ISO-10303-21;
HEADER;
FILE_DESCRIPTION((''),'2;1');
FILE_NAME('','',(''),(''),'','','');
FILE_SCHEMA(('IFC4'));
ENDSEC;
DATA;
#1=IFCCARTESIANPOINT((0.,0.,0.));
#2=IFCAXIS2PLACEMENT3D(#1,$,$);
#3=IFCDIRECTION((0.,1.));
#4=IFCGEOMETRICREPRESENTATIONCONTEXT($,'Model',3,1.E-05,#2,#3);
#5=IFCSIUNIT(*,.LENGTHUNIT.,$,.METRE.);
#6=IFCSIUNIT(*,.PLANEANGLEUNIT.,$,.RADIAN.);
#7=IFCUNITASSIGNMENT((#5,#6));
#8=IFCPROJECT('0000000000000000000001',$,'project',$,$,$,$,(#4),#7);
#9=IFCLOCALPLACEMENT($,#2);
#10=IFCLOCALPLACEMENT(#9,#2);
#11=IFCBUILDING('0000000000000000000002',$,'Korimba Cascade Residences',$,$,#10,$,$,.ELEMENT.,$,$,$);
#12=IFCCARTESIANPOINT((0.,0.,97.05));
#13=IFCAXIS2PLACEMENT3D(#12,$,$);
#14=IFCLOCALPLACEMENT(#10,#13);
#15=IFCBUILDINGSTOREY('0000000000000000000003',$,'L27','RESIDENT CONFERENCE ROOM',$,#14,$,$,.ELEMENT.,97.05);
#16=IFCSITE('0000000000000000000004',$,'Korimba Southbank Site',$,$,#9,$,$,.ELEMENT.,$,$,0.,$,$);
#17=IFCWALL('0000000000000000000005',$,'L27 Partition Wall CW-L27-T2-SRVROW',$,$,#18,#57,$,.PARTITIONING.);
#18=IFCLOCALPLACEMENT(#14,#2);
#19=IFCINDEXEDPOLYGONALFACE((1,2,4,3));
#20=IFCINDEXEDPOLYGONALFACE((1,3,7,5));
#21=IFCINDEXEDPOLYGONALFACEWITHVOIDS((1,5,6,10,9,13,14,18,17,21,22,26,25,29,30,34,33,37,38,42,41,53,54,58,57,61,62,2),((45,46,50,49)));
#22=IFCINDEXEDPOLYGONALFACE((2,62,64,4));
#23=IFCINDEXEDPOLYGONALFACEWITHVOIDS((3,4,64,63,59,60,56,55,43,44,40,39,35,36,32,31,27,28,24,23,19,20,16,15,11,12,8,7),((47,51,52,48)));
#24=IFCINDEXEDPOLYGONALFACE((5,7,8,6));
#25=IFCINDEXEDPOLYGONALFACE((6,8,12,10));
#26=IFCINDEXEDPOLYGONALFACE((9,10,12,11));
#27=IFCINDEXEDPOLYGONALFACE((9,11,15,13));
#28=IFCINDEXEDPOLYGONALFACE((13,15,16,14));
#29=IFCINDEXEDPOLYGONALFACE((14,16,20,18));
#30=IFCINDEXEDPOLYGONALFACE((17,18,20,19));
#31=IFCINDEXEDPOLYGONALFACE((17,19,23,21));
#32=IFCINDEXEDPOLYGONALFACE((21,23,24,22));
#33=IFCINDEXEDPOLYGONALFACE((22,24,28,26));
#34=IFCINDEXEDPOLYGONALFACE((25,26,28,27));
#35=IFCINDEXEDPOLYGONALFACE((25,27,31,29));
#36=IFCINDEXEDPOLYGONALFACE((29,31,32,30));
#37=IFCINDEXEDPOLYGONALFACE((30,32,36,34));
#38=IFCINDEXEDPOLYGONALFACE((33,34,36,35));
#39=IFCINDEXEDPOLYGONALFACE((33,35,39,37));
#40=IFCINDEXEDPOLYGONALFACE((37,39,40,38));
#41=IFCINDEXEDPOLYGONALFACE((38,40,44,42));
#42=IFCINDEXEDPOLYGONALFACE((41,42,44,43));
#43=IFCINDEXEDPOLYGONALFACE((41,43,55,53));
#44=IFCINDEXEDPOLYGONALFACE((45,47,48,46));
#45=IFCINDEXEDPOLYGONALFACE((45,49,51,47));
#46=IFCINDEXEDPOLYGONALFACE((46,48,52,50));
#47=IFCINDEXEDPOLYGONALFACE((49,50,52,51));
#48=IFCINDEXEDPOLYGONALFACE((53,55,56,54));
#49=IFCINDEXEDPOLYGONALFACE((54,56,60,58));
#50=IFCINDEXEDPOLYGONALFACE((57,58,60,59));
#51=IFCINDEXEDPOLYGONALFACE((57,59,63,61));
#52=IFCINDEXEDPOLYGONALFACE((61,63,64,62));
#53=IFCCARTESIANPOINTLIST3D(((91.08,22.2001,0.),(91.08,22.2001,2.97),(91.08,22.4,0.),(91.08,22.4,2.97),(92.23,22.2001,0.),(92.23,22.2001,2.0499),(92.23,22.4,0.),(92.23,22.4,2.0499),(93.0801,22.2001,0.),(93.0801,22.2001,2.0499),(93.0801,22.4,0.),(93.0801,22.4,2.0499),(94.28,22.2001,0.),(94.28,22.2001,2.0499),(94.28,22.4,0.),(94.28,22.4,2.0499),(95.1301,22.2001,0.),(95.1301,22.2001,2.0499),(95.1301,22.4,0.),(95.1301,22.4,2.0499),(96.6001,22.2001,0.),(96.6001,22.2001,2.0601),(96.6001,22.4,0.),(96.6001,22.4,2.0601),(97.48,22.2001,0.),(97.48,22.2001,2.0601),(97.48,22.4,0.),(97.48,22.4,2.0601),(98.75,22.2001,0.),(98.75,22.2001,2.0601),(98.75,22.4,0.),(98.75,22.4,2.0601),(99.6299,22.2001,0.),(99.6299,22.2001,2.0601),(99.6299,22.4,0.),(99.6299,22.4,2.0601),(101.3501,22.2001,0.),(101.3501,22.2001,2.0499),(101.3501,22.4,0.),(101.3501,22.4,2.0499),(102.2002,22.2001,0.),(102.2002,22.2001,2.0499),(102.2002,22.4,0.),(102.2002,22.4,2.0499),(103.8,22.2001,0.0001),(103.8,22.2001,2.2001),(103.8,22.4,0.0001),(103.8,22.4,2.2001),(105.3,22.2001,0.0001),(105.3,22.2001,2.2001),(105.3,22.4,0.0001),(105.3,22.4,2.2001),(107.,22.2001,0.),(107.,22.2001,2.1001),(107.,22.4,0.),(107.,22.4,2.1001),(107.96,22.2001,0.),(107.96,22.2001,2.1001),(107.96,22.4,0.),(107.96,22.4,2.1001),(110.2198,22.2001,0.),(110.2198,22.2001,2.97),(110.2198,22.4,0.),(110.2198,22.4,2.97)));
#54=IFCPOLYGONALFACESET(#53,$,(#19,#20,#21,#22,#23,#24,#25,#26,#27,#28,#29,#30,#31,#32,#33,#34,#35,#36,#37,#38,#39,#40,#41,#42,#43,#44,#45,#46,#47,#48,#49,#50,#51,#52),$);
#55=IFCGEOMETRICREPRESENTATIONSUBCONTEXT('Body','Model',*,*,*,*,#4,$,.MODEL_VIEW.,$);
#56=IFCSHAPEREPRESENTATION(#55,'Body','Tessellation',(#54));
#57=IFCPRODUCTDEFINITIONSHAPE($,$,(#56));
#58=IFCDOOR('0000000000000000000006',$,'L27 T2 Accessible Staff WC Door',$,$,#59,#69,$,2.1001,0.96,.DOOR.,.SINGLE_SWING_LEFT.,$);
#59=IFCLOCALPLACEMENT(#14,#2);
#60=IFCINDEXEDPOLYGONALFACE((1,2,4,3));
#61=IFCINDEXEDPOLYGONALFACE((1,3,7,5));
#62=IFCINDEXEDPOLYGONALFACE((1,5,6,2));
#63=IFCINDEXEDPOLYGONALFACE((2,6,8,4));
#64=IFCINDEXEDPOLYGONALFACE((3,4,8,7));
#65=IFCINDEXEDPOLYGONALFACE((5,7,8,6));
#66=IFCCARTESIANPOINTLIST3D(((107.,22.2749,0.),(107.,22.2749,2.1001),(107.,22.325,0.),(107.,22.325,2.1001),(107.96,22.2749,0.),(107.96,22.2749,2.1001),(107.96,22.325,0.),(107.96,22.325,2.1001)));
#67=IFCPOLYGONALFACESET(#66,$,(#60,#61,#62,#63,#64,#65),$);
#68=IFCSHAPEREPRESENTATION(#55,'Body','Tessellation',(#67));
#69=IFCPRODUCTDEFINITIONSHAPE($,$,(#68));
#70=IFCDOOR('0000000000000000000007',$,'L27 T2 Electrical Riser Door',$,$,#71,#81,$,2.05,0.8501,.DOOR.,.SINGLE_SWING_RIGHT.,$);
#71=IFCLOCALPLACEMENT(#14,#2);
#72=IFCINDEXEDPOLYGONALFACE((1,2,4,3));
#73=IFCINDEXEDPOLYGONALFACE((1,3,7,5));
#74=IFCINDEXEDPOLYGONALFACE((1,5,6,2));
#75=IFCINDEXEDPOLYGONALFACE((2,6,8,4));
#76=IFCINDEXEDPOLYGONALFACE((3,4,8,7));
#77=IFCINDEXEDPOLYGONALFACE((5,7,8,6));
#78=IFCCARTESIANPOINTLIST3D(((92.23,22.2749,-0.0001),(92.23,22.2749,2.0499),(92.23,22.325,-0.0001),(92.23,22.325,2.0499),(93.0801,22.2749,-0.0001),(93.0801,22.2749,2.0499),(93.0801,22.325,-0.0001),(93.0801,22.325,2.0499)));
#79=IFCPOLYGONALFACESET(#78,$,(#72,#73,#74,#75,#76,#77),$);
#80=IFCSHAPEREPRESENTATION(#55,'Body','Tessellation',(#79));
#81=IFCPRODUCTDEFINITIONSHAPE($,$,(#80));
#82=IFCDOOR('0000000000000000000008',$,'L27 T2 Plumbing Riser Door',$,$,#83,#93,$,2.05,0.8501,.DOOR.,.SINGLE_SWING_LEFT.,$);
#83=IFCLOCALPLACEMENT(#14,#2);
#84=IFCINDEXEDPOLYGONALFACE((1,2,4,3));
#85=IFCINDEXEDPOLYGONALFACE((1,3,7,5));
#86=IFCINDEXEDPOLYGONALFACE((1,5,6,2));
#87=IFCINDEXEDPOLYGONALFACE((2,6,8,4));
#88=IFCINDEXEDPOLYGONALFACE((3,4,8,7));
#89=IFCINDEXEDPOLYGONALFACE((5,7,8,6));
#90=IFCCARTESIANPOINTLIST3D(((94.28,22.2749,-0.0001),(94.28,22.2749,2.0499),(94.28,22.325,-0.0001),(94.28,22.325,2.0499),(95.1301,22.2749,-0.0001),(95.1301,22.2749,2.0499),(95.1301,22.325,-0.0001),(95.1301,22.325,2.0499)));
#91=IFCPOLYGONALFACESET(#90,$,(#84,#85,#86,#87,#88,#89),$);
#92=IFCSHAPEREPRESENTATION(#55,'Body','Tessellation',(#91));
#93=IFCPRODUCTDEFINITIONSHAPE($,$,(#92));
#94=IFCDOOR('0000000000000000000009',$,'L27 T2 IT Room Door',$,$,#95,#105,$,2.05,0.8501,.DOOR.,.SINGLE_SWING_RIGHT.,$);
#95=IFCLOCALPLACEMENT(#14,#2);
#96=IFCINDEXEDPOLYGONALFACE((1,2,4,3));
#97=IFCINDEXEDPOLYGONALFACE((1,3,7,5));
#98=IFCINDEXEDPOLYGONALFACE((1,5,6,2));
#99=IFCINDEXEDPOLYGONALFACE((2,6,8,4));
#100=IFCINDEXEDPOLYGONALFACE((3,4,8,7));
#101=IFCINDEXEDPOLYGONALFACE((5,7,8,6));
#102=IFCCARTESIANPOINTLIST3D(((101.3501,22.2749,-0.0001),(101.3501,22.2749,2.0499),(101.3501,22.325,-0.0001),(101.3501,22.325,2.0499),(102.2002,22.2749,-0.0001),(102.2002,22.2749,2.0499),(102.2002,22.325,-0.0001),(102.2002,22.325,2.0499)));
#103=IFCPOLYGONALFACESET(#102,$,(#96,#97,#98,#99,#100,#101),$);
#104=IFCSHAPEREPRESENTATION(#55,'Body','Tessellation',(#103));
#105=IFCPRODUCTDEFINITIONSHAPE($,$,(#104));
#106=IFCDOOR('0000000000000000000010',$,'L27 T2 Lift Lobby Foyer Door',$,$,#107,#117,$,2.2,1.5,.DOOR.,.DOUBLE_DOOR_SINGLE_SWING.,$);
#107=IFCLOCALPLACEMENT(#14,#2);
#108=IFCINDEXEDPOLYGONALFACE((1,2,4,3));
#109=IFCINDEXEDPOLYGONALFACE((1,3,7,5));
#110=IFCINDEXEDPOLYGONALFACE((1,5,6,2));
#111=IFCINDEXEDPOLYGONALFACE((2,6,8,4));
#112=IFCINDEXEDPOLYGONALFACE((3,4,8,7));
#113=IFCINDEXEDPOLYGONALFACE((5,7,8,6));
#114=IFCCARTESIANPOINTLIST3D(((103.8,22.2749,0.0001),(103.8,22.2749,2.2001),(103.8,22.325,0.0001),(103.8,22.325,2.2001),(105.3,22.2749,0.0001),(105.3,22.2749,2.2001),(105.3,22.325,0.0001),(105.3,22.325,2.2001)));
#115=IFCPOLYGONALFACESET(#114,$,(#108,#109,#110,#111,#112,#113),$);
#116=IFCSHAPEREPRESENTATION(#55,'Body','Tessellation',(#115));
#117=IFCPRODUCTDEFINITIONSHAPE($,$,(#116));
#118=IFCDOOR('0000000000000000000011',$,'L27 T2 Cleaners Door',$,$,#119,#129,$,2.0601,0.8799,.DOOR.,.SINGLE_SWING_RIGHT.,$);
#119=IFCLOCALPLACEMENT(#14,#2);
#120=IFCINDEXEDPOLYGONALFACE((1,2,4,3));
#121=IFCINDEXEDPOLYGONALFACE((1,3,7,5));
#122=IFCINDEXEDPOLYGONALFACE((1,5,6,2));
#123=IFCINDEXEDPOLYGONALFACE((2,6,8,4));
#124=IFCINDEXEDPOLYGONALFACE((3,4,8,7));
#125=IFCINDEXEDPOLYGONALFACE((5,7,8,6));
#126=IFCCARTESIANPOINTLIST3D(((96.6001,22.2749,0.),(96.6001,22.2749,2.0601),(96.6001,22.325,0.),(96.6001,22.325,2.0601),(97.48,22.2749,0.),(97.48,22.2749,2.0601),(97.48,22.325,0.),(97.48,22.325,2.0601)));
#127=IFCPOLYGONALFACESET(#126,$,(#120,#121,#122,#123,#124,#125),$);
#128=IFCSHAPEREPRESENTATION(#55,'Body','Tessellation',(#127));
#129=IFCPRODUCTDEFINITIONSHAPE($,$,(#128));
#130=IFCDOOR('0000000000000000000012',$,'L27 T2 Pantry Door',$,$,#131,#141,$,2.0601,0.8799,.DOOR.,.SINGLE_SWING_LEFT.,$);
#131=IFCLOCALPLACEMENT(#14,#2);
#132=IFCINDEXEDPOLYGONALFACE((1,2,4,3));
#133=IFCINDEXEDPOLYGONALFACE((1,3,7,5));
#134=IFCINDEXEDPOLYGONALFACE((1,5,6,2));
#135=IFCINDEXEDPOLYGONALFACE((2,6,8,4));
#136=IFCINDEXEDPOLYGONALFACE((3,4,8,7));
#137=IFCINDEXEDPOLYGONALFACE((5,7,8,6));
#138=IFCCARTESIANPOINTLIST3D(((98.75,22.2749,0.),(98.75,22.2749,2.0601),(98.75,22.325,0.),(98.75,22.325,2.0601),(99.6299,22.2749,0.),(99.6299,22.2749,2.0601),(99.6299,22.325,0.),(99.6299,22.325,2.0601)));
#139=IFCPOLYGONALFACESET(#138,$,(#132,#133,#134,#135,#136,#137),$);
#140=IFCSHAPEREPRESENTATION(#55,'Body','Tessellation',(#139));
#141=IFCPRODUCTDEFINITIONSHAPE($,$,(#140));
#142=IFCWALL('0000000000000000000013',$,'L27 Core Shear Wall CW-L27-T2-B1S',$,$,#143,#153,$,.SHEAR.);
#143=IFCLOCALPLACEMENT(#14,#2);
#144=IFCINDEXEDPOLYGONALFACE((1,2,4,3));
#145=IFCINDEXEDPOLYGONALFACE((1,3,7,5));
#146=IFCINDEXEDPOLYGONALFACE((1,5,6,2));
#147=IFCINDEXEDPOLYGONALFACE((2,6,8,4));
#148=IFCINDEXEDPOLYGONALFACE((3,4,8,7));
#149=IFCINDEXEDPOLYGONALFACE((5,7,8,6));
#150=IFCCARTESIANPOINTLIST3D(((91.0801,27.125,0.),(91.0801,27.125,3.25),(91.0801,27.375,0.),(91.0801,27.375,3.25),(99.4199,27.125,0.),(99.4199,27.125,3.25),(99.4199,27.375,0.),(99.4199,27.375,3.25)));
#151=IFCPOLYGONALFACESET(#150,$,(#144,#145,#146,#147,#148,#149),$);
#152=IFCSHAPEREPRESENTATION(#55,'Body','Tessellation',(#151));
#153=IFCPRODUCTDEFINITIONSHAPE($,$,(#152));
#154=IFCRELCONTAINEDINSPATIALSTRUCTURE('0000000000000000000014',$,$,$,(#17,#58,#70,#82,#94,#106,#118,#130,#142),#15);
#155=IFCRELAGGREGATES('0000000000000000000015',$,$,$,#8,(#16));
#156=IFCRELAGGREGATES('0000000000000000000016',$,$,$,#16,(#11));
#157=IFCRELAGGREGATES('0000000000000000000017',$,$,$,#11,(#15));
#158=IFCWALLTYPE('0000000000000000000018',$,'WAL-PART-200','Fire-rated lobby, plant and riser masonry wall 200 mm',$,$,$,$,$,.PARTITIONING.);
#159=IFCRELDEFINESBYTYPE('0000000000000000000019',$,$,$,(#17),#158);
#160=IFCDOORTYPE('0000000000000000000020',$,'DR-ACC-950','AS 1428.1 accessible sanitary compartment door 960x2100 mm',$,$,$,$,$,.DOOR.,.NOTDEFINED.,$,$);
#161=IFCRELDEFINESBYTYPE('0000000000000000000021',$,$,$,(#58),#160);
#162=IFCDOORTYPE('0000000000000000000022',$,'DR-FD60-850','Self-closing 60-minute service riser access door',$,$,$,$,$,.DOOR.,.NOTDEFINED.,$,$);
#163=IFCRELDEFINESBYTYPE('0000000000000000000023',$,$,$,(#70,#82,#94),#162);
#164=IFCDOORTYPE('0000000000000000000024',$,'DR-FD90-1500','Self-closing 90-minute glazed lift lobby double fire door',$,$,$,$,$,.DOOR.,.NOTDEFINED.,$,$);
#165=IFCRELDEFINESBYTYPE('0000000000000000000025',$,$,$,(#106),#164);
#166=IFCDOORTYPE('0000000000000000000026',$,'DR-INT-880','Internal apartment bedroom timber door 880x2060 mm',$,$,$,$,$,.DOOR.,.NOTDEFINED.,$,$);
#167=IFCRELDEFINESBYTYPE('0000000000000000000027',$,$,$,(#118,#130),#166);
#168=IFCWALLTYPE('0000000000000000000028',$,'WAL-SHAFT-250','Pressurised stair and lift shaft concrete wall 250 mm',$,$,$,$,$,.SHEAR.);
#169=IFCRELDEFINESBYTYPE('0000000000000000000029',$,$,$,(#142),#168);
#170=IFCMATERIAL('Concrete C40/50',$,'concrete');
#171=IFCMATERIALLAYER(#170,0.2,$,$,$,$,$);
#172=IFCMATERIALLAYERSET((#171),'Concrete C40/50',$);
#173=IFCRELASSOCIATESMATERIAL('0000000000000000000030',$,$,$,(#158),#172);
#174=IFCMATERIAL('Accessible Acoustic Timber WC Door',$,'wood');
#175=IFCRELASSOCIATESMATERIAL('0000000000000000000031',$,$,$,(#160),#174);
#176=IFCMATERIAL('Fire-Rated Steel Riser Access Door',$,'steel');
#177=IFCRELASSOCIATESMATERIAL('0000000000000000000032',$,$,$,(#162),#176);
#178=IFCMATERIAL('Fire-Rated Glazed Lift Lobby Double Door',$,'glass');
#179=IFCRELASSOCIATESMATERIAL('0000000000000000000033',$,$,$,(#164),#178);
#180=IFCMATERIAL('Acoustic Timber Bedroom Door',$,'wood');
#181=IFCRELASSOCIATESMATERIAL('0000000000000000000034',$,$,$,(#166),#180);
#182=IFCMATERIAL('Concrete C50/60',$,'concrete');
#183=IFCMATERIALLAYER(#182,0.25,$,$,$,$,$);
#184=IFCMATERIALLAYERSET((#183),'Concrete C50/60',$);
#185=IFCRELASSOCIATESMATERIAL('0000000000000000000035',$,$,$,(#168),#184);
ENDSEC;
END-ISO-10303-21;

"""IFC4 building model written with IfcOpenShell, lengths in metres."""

from ifc_helpers import new_model, si_unit, direction, frame, frame_2d, origin, place, context, subcontext, project, spatial, rectangle, extrude, material, layer, layer_set, type_object, element, fill, save


model = new_model("IFC4")

# Units and contexts
model_context = context("Model", 3, precision=1e-05, world=origin(), true_north=direction((0.0, 1.0)))
body_context = subcontext(model_context, "Body", "Model", "MODEL_VIEW")
ifc_project = project(units=[si_unit("LENGTHUNIT", "METRE"), si_unit("PLANEANGLEUNIT", "RADIAN")], contexts=[model_context])

# Site, building, storey
site_placement = place(None, origin())
site = spatial("IfcSite", under=ifc_project, at=site_placement, Name="Korimba Southbank Site", CompositionType="ELEMENT", RefElevation=0.0)
building_placement = place(site_placement, origin())
building = spatial("IfcBuilding", under=site, at=building_placement, Name="Korimba Cascade Residences", CompositionType="ELEMENT")
storey_placement = place(building_placement, frame((0.0, 0.0, 97.05)))
storey = spatial("IfcBuildingStorey", under=building, at=storey_placement, Name="L27", Description="RESIDENT CONFERENCE ROOM", CompositionType="ELEMENT", Elevation=97.05)

# Shared definitions
ifc_material_1 = material(Name="Concrete C40/50", Category="concrete")
ifc_layer_1 = layer(ifc_material_1, 0.2)
ifc_layer_set_1 = layer_set([ifc_layer_1], Name="Concrete C40/50")
wall_type_1 = type_object("IfcWallType", Name="WAL-PART-200", Description="Fire-rated lobby, plant and riser masonry wall 200 mm", PredefinedType="PARTITIONING", material=ifc_layer_set_1)

# Wall, openings, doors
wall_1_placement = place(storey_placement, frame((91.0801, 22.3, 0.0), z_axis=(0.0, 0.0, 1.0), x_axis=(1.0, 0.0, 0.0)))
wall_1 = element("IfcWall", 1, at=wall_1_placement, inside=storey, type_object=wall_type_1, Name="L27 Partition Wall CW-L27-T2-SRVROW", PredefinedType="PARTITIONING", context=body_context, shape_type="SweptSolid", body=[
    extrude(rectangle(XDim=19.1399, YDim=0.2, at=frame_2d((9.5698, 0.0))), origin(), (0.0, 0.0, 1.0), 2.97),
])
opening_1_placement = place(wall_1_placement, frame((1.1499, 0.0, 0.0)))
opening_1 = element("IfcOpeningElement", 2, at=opening_1_placement, cuts=wall_1, PredefinedType="OPENING", context=body_context, shape_type="SweptSolid", body=[
    extrude(rectangle(XDim=0.8501, YDim=2.05, at=frame_2d((0.425, 1.0249))), frame((0.0, 0.1099, 0.0), z_axis=(0.0, -1.0, 0.0), x_axis=(1.0, 0.0, 0.0)), (0.0, 0.0, 1.0), 0.22),
])
opening_2_placement = place(wall_1_placement, frame((3.2, 0.0, 0.0)))
opening_2 = element("IfcOpeningElement", 3, at=opening_2_placement, cuts=wall_1, PredefinedType="OPENING", context=body_context, shape_type="SweptSolid", body=[
    extrude(rectangle(XDim=0.8501, YDim=2.05, at=frame_2d((0.425, 1.0249))), frame((0.0, 0.1099, 0.0), z_axis=(0.0, -1.0, 0.0), x_axis=(1.0, 0.0, 0.0)), (0.0, 0.0, 1.0), 0.22),
])
opening_3_placement = place(wall_1_placement, frame((12.72, 0.0, 0.0)))
opening_3 = element("IfcOpeningElement", 4, at=opening_3_placement, cuts=wall_1, PredefinedType="OPENING", context=body_context, shape_type="SweptSolid", body=[
    extrude(rectangle(XDim=1.5, YDim=2.2, at=frame_2d((0.75, 1.1001))), frame((0.0, 0.1099, 0.0), z_axis=(0.0, -1.0, 0.0), x_axis=(1.0, 0.0, 0.0)), (0.0, 0.0, 1.0), 0.22),
])
opening_4_placement = place(wall_1_placement, frame((5.52, 0.0, 0.0)))
opening_4 = element("IfcOpeningElement", 5, at=opening_4_placement, cuts=wall_1, PredefinedType="OPENING", context=body_context, shape_type="SweptSolid", body=[
    extrude(rectangle(XDim=0.8799, YDim=2.0601, at=frame_2d((0.4399, 1.03))), frame((0.0, 0.1099, 0.0), z_axis=(0.0, -1.0, 0.0), x_axis=(1.0, 0.0, 0.0)), (0.0, 0.0, 1.0), 0.22),
])
opening_5_placement = place(wall_1_placement, frame((7.6699, 0.0, 0.0)))
opening_5 = element("IfcOpeningElement", 6, at=opening_5_placement, cuts=wall_1, PredefinedType="OPENING", context=body_context, shape_type="SweptSolid", body=[
    extrude(rectangle(XDim=0.8799, YDim=2.0601, at=frame_2d((0.4399, 1.03))), frame((0.0, 0.1099, 0.0), z_axis=(0.0, -1.0, 0.0), x_axis=(1.0, 0.0, 0.0)), (0.0, 0.0, 1.0), 0.22),
])
opening_6_placement = place(wall_1_placement, frame((10.27, 0.0, 0.0)))
opening_6 = element("IfcOpeningElement", 7, at=opening_6_placement, cuts=wall_1, PredefinedType="OPENING", context=body_context, shape_type="SweptSolid", body=[
    extrude(rectangle(XDim=0.8501, YDim=2.05, at=frame_2d((0.425, 1.0249))), frame((0.0, 0.1099, 0.0), z_axis=(0.0, -1.0, 0.0), x_axis=(1.0, 0.0, 0.0)), (0.0, 0.0, 1.0), 0.22),
])
opening_7_placement = place(wall_1_placement, frame((15.9199, 0.0, 0.0)))
opening_7 = element("IfcOpeningElement", 8, at=opening_7_placement, cuts=wall_1, PredefinedType="OPENING", context=body_context, shape_type="SweptSolid", body=[
    extrude(rectangle(XDim=0.96, YDim=2.1001, at=frame_2d((0.48, 1.05))), frame((0.0, 0.1099, 0.0), z_axis=(0.0, -1.0, 0.0), x_axis=(1.0, 0.0, 0.0)), (0.0, 0.0, 1.0), 0.22),
])
ifc_material_2 = material(Name="Accessible Acoustic Timber WC Door", Category="wood")
door_type_1 = type_object("IfcDoorType", Name="DR-ACC-950", Description="AS 1428.1 accessible sanitary compartment door 960x2100 mm", OperationType="NOTDEFINED", PredefinedType="DOOR", material=ifc_material_2)
door_1_placement = place(opening_7_placement, origin())
door_1 = element("IfcDoor", 9, at=door_1_placement, inside=storey, type_object=door_type_1, Name="L27 T2 Accessible Staff WC Door", OperationType="SINGLE_SWING_LEFT", OverallHeight=2.1001, OverallWidth=0.96, PredefinedType="DOOR", context=body_context, shape_type="SweptSolid", body=[
    extrude(rectangle(XDim=0.96, YDim=2.1001, at=frame_2d((0.48, 1.05))), frame((0.0, 0.0249, 0.0), z_axis=(0.0, -1.0, 0.0), x_axis=(1.0, 0.0, 0.0)), (0.0, 0.0, 1.0), 0.05),
])
fill(opening_7, door_1)
ifc_material_3 = material(Name="Fire-Rated Steel Riser Access Door", Category="steel")
door_type_2 = type_object("IfcDoorType", Name="DR-FD60-850", Description="Self-closing 60-minute service riser access door", OperationType="NOTDEFINED", PredefinedType="DOOR", material=ifc_material_3)
door_2_placement = place(opening_1_placement, origin())
door_2 = element("IfcDoor", 10, at=door_2_placement, inside=storey, type_object=door_type_2, Name="L27 T2 Electrical Riser Door", OperationType="SINGLE_SWING_RIGHT", OverallHeight=2.05, OverallWidth=0.8501, PredefinedType="DOOR", context=body_context, shape_type="SweptSolid", body=[
    extrude(rectangle(XDim=0.8501, YDim=2.05, at=frame_2d((0.425, 1.0249))), frame((0.0, 0.0249, 0.0), z_axis=(0.0, -1.0, 0.0), x_axis=(1.0, 0.0, 0.0)), (0.0, 0.0, 1.0), 0.05),
])
fill(opening_1, door_2)
door_3_placement = place(opening_2_placement, origin())
door_3 = element("IfcDoor", 11, at=door_3_placement, inside=storey, type_object=door_type_2, Name="L27 T2 Plumbing Riser Door", OperationType="SINGLE_SWING_LEFT", OverallHeight=2.05, OverallWidth=0.8501, PredefinedType="DOOR", context=body_context, shape_type="SweptSolid", body=[
    extrude(rectangle(XDim=0.8501, YDim=2.05, at=frame_2d((0.425, 1.0249))), frame((0.0, 0.0249, 0.0), z_axis=(0.0, -1.0, 0.0), x_axis=(1.0, 0.0, 0.0)), (0.0, 0.0, 1.0), 0.05),
])
fill(opening_2, door_3)
door_4_placement = place(opening_6_placement, origin())
door_4 = element("IfcDoor", 12, at=door_4_placement, inside=storey, type_object=door_type_2, Name="L27 T2 IT Room Door", OperationType="SINGLE_SWING_RIGHT", OverallHeight=2.05, OverallWidth=0.8501, PredefinedType="DOOR", context=body_context, shape_type="SweptSolid", body=[
    extrude(rectangle(XDim=0.8501, YDim=2.05, at=frame_2d((0.425, 1.0249))), frame((0.0, 0.0249, 0.0), z_axis=(0.0, -1.0, 0.0), x_axis=(1.0, 0.0, 0.0)), (0.0, 0.0, 1.0), 0.05),
])
fill(opening_6, door_4)
ifc_material_4 = material(Name="Fire-Rated Glazed Lift Lobby Double Door", Category="glass")
door_type_3 = type_object("IfcDoorType", Name="DR-FD90-1500", Description="Self-closing 90-minute glazed lift lobby double fire door", OperationType="NOTDEFINED", PredefinedType="DOOR", material=ifc_material_4)
door_5_placement = place(opening_3_placement, origin())
door_5 = element("IfcDoor", 13, at=door_5_placement, inside=storey, type_object=door_type_3, Name="L27 T2 Lift Lobby Foyer Door", OperationType="DOUBLE_DOOR_SINGLE_SWING", OverallHeight=2.2, OverallWidth=1.5, PredefinedType="DOOR", context=body_context, shape_type="SweptSolid", body=[
    extrude(rectangle(XDim=1.5, YDim=2.2, at=frame_2d((0.75, 1.1001))), frame((0.0, 0.0249, 0.0), z_axis=(0.0, -1.0, 0.0), x_axis=(1.0, 0.0, 0.0)), (0.0, 0.0, 1.0), 0.05),
])
fill(opening_3, door_5)
ifc_material_5 = material(Name="Acoustic Timber Bedroom Door", Category="wood")
door_type_4 = type_object("IfcDoorType", Name="DR-INT-880", Description="Internal apartment bedroom timber door 880x2060 mm", OperationType="NOTDEFINED", PredefinedType="DOOR", material=ifc_material_5)
door_6_placement = place(opening_4_placement, origin())
door_6 = element("IfcDoor", 14, at=door_6_placement, inside=storey, type_object=door_type_4, Name="L27 T2 Cleaners Door", OperationType="SINGLE_SWING_RIGHT", OverallHeight=2.0601, OverallWidth=0.8799, PredefinedType="DOOR", context=body_context, shape_type="SweptSolid", body=[
    extrude(rectangle(XDim=0.8799, YDim=2.0601, at=frame_2d((0.4399, 1.03))), frame((0.0, 0.0249, 0.0), z_axis=(0.0, -1.0, 0.0), x_axis=(1.0, 0.0, 0.0)), (0.0, 0.0, 1.0), 0.05),
])
fill(opening_4, door_6)
door_7_placement = place(opening_5_placement, origin())
door_7 = element("IfcDoor", 15, at=door_7_placement, inside=storey, type_object=door_type_4, Name="L27 T2 Pantry Door", OperationType="SINGLE_SWING_LEFT", OverallHeight=2.0601, OverallWidth=0.8799, PredefinedType="DOOR", context=body_context, shape_type="SweptSolid", body=[
    extrude(rectangle(XDim=0.8799, YDim=2.0601, at=frame_2d((0.4399, 1.03))), frame((0.0, 0.0249, 0.0), z_axis=(0.0, -1.0, 0.0), x_axis=(1.0, 0.0, 0.0)), (0.0, 0.0, 1.0), 0.05),
])
fill(opening_5, door_7)
ifc_material_6 = material(Name="Concrete C50/60", Category="concrete")
ifc_layer_2 = layer(ifc_material_6, 0.25)
ifc_layer_set_2 = layer_set([ifc_layer_2], Name="Concrete C50/60")
wall_type_2 = type_object("IfcWallType", Name="WAL-SHAFT-250", Description="Pressurised stair and lift shaft concrete wall 250 mm", PredefinedType="SHEAR", material=ifc_layer_set_2)

# Wall
wall_2_placement = place(storey_placement, frame((91.0801, 27.25, 0.0), z_axis=(0.0, 0.0, 1.0), x_axis=(1.0, 0.0, 0.0)))
element("IfcWall", 16, at=wall_2_placement, inside=storey, type_object=wall_type_2, Name="L27 Core Shear Wall CW-L27-T2-B1S", PredefinedType="SHEAR", context=body_context, shape_type="SweptSolid", body=[
    extrude(rectangle(XDim=8.3398, YDim=0.25, at=frame_2d((4.1699, 0.0))), origin(), (0.0, 0.0, 1.0), 3.25),
])

save(model, "model.ifc")
